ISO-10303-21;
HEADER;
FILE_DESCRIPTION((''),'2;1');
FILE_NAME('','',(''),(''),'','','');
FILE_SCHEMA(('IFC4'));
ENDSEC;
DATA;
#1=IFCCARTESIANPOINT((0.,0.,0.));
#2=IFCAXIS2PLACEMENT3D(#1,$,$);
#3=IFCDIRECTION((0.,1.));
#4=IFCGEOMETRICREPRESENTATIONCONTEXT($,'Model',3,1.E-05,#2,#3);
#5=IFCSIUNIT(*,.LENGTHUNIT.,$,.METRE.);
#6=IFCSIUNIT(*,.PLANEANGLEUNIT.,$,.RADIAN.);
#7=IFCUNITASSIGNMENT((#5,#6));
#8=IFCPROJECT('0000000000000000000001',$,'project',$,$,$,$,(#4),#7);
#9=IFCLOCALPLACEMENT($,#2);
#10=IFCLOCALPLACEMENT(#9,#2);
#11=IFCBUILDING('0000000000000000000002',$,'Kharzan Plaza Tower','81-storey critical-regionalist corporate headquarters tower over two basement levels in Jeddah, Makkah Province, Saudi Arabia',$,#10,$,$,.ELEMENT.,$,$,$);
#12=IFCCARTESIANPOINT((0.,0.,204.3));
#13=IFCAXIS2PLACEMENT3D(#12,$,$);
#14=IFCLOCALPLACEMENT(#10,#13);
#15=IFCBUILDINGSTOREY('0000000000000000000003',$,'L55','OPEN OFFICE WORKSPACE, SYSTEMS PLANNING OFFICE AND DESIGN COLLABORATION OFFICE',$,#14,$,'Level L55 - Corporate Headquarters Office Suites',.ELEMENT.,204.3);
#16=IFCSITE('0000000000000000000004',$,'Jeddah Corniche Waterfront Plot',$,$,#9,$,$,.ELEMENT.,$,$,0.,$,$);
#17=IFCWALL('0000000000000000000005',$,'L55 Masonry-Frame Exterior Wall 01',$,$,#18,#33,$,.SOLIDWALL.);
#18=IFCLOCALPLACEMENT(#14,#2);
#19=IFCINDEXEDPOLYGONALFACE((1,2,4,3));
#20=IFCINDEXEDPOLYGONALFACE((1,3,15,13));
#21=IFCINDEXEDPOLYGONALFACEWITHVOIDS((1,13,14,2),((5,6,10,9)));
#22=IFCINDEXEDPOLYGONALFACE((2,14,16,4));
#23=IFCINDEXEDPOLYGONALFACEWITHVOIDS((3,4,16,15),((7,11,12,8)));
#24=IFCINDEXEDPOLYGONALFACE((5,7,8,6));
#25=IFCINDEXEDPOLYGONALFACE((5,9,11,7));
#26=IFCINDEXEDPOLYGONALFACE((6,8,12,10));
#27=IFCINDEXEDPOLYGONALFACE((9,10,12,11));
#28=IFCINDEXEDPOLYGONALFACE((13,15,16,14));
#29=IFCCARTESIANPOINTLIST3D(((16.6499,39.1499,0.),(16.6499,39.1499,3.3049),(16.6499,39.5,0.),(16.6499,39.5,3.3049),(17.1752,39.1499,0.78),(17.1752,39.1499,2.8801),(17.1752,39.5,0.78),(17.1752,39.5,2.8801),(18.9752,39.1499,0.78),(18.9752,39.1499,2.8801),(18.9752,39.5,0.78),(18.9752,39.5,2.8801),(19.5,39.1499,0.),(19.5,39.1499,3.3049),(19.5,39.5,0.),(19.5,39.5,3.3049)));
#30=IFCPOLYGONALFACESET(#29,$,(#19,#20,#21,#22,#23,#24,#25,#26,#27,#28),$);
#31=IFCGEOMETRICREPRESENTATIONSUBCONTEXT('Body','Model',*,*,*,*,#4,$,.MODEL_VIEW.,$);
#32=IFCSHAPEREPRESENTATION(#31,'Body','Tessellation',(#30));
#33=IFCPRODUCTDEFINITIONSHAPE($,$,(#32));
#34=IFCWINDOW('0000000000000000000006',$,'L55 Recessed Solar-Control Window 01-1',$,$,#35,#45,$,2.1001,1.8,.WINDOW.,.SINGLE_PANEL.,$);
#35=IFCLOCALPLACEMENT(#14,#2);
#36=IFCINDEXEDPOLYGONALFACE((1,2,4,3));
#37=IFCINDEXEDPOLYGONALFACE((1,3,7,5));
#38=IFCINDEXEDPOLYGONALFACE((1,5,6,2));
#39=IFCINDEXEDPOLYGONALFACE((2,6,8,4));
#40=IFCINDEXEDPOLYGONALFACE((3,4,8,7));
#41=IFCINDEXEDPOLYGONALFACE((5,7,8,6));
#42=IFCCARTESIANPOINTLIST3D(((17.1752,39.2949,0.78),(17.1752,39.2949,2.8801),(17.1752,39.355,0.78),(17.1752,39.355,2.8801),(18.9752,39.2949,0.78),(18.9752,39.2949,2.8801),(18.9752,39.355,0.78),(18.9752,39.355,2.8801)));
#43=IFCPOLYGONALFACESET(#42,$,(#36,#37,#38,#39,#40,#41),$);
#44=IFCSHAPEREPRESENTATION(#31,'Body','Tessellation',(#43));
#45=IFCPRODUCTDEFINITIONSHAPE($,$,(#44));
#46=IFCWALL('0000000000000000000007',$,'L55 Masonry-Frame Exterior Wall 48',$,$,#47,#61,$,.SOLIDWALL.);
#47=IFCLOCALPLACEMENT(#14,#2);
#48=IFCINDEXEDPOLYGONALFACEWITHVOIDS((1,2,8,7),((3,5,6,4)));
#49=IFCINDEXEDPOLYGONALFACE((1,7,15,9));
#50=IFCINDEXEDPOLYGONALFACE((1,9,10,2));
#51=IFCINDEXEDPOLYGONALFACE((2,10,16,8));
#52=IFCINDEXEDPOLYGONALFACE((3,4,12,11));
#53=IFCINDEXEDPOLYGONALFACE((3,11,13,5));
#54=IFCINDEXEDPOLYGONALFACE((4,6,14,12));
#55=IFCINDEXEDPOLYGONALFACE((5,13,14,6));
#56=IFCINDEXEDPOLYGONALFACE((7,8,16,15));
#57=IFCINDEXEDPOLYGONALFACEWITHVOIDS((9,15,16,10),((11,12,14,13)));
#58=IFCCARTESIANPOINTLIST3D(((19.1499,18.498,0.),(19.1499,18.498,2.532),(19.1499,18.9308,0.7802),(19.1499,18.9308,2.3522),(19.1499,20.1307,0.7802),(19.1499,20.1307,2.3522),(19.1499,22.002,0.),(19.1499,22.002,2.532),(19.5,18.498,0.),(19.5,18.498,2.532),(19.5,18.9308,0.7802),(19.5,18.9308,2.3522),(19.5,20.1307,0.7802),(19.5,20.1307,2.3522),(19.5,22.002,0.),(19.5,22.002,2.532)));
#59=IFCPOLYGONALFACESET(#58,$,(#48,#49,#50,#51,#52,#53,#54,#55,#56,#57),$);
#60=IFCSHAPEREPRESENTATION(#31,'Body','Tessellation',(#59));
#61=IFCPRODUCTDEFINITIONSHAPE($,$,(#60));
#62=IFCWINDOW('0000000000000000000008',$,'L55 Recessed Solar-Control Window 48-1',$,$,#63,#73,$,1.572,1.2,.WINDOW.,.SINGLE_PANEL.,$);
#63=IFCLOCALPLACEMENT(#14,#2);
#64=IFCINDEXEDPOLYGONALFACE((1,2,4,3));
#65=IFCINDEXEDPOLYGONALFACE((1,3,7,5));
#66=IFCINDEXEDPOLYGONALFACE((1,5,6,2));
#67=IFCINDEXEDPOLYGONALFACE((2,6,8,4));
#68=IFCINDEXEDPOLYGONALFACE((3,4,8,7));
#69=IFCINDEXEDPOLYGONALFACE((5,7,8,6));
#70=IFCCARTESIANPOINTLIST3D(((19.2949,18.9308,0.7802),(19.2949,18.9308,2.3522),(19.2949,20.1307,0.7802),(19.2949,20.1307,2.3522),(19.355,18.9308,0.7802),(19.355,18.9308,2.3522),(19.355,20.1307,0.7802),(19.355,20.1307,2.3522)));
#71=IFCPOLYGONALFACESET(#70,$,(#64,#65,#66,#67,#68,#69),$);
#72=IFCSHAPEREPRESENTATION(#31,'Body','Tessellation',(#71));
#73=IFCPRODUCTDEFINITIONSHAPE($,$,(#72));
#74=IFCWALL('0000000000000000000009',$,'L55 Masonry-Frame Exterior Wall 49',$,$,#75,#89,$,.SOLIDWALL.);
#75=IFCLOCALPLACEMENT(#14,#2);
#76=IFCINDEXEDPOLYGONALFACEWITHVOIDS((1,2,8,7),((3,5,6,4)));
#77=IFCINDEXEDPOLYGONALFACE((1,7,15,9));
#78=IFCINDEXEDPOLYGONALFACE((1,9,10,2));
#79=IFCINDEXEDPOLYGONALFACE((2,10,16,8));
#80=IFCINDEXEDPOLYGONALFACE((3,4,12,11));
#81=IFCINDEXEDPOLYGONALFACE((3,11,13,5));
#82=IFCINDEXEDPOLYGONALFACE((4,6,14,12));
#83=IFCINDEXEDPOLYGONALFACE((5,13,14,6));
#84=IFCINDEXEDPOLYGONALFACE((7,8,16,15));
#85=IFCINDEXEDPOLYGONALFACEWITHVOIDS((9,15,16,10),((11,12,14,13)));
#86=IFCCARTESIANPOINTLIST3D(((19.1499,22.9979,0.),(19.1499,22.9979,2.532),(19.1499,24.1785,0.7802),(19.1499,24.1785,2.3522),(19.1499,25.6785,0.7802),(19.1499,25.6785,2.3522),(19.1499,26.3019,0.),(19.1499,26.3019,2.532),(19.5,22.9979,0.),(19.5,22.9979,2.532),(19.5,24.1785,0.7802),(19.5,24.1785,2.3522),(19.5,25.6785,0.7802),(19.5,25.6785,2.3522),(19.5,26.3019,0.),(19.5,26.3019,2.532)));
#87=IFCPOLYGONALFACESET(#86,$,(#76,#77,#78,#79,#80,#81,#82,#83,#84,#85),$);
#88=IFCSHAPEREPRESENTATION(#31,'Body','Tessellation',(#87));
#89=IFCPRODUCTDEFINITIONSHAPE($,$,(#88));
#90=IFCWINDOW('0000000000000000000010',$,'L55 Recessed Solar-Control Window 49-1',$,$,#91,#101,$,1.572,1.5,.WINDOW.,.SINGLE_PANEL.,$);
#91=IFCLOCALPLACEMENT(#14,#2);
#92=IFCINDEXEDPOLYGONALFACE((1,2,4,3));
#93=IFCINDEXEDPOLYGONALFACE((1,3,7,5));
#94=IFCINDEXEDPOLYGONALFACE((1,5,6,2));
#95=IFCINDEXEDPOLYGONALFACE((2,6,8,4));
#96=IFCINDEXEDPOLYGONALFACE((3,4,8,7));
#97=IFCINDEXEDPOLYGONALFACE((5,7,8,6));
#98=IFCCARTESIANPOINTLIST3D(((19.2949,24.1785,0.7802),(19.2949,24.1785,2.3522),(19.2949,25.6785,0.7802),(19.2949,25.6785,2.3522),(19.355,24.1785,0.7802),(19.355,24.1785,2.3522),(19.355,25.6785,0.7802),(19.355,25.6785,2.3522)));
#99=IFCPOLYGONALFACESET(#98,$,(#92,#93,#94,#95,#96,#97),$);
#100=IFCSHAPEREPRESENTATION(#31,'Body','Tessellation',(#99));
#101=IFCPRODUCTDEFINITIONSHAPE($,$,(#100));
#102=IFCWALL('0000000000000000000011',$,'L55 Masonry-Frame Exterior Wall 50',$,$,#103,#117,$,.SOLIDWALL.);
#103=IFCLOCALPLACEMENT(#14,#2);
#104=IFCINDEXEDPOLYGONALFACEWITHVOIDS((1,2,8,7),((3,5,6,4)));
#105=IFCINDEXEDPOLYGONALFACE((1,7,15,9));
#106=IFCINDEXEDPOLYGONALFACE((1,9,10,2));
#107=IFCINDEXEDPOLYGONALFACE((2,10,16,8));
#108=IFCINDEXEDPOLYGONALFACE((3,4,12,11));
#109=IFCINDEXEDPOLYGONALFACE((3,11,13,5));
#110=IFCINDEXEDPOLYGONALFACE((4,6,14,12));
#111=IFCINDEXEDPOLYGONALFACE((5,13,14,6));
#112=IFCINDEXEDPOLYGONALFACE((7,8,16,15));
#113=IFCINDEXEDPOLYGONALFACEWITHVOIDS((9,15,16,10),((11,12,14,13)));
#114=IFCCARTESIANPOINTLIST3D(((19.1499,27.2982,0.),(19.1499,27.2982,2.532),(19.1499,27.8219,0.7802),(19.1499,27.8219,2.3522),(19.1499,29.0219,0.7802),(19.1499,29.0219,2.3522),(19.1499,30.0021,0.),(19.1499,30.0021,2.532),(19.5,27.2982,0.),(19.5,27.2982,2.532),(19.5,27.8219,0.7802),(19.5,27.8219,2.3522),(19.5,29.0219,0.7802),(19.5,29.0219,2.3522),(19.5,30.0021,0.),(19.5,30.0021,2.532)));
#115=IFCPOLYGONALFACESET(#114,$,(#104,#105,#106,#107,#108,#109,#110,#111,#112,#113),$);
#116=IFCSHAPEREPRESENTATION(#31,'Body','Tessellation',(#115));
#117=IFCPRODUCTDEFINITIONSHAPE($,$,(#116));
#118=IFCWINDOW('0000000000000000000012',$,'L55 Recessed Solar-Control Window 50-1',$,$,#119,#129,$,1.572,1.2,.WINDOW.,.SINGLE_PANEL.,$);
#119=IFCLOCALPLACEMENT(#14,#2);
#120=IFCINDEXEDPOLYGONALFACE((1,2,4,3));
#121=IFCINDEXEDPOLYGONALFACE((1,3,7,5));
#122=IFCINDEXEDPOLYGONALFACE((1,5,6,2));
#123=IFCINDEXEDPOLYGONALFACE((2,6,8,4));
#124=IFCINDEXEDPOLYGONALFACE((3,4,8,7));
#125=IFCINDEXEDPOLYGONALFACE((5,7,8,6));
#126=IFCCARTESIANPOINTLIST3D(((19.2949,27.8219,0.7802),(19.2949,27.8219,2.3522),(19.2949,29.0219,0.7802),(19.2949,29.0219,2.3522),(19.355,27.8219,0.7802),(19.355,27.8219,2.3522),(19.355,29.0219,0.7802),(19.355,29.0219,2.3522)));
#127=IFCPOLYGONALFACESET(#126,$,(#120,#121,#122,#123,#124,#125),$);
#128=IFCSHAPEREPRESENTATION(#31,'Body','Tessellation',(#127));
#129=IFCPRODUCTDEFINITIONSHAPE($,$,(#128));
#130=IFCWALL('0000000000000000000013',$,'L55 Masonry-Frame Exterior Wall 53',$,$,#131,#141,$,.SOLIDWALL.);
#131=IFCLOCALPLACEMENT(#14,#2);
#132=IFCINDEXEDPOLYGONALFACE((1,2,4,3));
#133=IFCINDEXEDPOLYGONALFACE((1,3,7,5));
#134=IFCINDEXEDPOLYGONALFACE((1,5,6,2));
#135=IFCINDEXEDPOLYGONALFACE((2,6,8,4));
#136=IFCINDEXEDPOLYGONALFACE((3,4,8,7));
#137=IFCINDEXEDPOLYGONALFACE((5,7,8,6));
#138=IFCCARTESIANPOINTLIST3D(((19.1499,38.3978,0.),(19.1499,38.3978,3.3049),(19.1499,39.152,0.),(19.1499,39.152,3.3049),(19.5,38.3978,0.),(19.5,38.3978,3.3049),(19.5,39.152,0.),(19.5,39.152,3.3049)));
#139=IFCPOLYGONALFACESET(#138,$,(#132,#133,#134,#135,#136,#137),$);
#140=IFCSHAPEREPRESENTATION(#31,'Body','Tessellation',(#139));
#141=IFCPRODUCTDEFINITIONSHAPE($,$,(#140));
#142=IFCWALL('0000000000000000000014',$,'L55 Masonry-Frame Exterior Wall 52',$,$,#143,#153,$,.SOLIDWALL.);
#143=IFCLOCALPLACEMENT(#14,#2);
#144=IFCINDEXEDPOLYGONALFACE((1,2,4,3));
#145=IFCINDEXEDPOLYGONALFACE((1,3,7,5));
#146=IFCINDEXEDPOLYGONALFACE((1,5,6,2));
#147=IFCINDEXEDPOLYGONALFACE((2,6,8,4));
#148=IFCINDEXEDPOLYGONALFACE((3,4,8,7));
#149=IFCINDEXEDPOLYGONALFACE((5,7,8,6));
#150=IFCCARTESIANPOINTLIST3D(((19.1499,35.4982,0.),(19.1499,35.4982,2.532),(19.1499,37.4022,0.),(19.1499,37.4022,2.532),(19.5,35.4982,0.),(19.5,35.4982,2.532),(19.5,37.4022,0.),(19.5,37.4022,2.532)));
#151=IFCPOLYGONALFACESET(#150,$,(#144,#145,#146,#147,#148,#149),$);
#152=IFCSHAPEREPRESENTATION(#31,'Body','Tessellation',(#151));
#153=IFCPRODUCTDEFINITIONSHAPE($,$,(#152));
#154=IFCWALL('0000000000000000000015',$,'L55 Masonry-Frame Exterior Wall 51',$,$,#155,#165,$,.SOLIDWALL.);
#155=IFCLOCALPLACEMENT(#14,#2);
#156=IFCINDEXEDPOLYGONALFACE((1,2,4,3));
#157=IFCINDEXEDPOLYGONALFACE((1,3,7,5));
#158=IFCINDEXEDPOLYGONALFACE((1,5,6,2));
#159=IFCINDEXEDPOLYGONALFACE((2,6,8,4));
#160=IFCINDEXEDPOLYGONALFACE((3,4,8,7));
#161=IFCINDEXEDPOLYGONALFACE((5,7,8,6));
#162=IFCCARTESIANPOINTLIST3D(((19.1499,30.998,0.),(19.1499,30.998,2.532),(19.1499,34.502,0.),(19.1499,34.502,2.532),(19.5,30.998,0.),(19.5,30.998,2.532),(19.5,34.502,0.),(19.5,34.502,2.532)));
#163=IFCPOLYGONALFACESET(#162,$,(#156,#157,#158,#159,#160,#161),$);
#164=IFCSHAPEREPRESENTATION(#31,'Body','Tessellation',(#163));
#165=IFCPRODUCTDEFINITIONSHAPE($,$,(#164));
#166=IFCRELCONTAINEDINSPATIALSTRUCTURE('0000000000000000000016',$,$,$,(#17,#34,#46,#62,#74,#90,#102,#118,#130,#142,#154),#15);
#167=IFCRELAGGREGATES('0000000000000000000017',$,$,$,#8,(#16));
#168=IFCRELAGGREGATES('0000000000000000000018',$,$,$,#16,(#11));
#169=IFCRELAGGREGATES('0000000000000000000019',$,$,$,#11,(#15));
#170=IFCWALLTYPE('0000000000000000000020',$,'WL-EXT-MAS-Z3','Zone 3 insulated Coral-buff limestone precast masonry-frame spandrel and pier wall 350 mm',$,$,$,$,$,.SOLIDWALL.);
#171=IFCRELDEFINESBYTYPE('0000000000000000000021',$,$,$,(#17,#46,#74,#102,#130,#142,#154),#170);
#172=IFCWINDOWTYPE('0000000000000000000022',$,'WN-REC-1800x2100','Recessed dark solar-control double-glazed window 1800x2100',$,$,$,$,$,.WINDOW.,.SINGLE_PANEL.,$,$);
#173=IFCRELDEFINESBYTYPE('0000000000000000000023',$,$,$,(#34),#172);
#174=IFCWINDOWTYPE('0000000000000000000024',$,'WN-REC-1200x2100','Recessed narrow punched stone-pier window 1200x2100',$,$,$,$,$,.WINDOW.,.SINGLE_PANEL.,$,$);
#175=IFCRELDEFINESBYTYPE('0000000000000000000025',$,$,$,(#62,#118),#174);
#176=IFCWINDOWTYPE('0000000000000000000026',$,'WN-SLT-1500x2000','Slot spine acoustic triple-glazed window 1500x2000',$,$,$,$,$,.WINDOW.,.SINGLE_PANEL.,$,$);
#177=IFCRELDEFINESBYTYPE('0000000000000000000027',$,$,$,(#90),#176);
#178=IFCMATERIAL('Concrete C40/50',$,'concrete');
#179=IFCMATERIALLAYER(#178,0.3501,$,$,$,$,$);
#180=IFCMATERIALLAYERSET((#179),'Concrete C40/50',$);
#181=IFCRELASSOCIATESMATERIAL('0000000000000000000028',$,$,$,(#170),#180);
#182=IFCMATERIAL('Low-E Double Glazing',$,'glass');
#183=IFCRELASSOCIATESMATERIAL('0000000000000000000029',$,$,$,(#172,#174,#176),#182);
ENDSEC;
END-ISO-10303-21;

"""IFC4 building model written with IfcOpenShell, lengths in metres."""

from ifc_helpers import new_model, si_unit, direction, frame, frame_2d, origin, place, context, subcontext, project, spatial, rectangle, extrude, source, transform, mapped, material, layer, layer_set, type_object, element, fill, save


model = new_model("IFC4")

# Units and contexts
model_context = context("Model", 3, precision=1e-05, world=origin(), true_north=direction((0.0, 1.0)))
body_context = subcontext(model_context, "Body", "Model", "MODEL_VIEW")
ifc_project = project(units=[si_unit("LENGTHUNIT", "METRE"), si_unit("PLANEANGLEUNIT", "RADIAN")], contexts=[model_context])

# Site, building, storey
site_placement = place(None, origin())
site = spatial("IfcSite", under=ifc_project, at=site_placement, Name="Jeddah Corniche Waterfront Plot", CompositionType="ELEMENT", RefElevation=0.0)
building_placement = place(site_placement, origin())
building = spatial("IfcBuilding", under=site, at=building_placement, Name="Kharzan Plaza Tower", Description="81-storey critical-regionalist corporate headquarters tower over two basement levels in Jeddah, Makkah Province, Saudi Arabia", CompositionType="ELEMENT")
storey_placement = place(building_placement, frame((0.0, 0.0, 204.3)))
storey = spatial("IfcBuildingStorey", under=building, at=storey_placement, Name="L55", Description="OPEN OFFICE WORKSPACE, SYSTEMS PLANNING OFFICE AND DESIGN COLLABORATION OFFICE", LongName="Level L55 - Corporate Headquarters Office Suites", CompositionType="ELEMENT", Elevation=204.3)

# Walls, openings, windows
ifc_material_1 = material(Name="Concrete C40/50", Category="concrete")
ifc_layer_1 = layer(ifc_material_1, 0.3501)
ifc_layer_set_1 = layer_set([ifc_layer_1], Name="Concrete C40/50")
wall_type_1 = type_object("IfcWallType", Name="WL-EXT-MAS-Z3", Description="Zone 3 insulated Coral-buff limestone precast masonry-frame spandrel and pier wall 350 mm", PredefinedType="SOLIDWALL", material=ifc_layer_set_1)
wall_1_placement = place(storey_placement, frame((19.5, 39.325, 0.0), z_axis=(0.0, 0.0, 1.0), x_axis=(-1.0, 0.0, 0.0)))
wall_1 = element("IfcWall", 1, at=wall_1_placement, inside=storey, type_object=wall_type_1, Name="L55 Masonry-Frame Exterior Wall 01", PredefinedType="SOLIDWALL", context=body_context, shape_type="SweptSolid", body=[
    extrude(rectangle(XDim=2.8501, YDim=0.3501, at=frame_2d((1.425, 0.0))), origin(), (0.0, 0.0, 1.0), 3.3049),
])
opening_1_placement = place(wall_1_placement, frame((0.5249, 0.0, 0.78)))
opening_1 = element("IfcOpeningElement", 2, at=opening_1_placement, cuts=wall_1, PredefinedType="OPENING", context=body_context, shape_type="SweptSolid", body=[
    extrude(rectangle(XDim=1.8, YDim=2.1001, at=frame_2d((0.8999, 1.05))), frame((0.0, 0.1851, 0.0), z_axis=(0.0, -1.0, 0.0), x_axis=(1.0, 0.0, 0.0)), (0.0, 0.0, 1.0), 0.3701),
])
ifc_material_2 = material(Name="Low-E Double Glazing", Category="glass")
window_type_1 = type_object("IfcWindowType", Name="WN-REC-1800x2100", Description="Recessed dark solar-control double-glazed window 1800x2100", PartitioningType="SINGLE_PANEL", PredefinedType="WINDOW", material=ifc_material_2)
shared_shape_1 = source(origin(), body_context, "Body", "SweptSolid", [
    extrude(rectangle(XDim=1.8, YDim=2.1001, at=frame_2d((0.8999, 1.05))), frame((0.0, 0.03, 0.0), z_axis=(0.0, -1.0, 0.0), x_axis=(1.0, 0.0, 0.0)), (0.0, 0.0, 1.0), 0.0601),
])
window_1_placement = place(opening_1_placement, origin())
window_1 = element("IfcWindow", 3, at=window_1_placement, inside=storey, type_object=window_type_1, Name="L55 Recessed Solar-Control Window 01-1", OverallHeight=2.1001, OverallWidth=1.8, PartitioningType="SINGLE_PANEL", PredefinedType="WINDOW", context=body_context, shape_type="MappedRepresentation", body=[
    mapped(shared_shape_1, transform((0.0, 0.0, 0.0), x_axis=(1.0, 0.0, 0.0), y_axis=(0.0, 1.0, 0.0), z_axis=(0.0, 0.0, 1.0))),
])
fill(opening_1, window_1)
wall_2_placement = place(storey_placement, frame((19.325, 18.498, 0.0), z_axis=(0.0, 0.0, 1.0), x_axis=(0.0, 1.0, 0.0)))
wall_2 = element("IfcWall", 4, at=wall_2_placement, inside=storey, type_object=wall_type_1, Name="L55 Masonry-Frame Exterior Wall 48", PredefinedType="SOLIDWALL", context=body_context, shape_type="SweptSolid", body=[
    extrude(rectangle(XDim=3.5039, YDim=0.3501, at=frame_2d((1.752, 0.0))), origin(), (0.0, 0.0, 1.0), 2.532),
])
opening_2_placement = place(wall_2_placement, frame((0.4326, 0.0, 0.78)))
opening_2 = element("IfcOpeningElement", 5, at=opening_2_placement, cuts=wall_2, PredefinedType="OPENING", context=body_context, shape_type="SweptSolid", body=[
    extrude(rectangle(XDim=1.2, YDim=1.572, at=frame_2d((0.6001, 0.7861))), frame((0.0, 0.1851, 0.0), z_axis=(0.0, -1.0, 0.0), x_axis=(1.0, 0.0, 0.0)), (0.0, 0.0, 1.0), 0.3701),
])
window_type_2 = type_object("IfcWindowType", Name="WN-REC-1200x2100", Description="Recessed narrow punched stone-pier window 1200x2100", PartitioningType="SINGLE_PANEL", PredefinedType="WINDOW", material=ifc_material_2)
shared_shape_2 = source(origin(), body_context, "Body", "SweptSolid", [
    extrude(rectangle(XDim=1.2, YDim=1.572, at=frame_2d((0.6001, 0.7861))), frame((0.0, 0.03, 0.0), z_axis=(0.0, -1.0, 0.0), x_axis=(1.0, 0.0, 0.0)), (0.0, 0.0, 1.0), 0.0601),
])
window_2_placement = place(opening_2_placement, origin())
window_2 = element("IfcWindow", 6, at=window_2_placement, inside=storey, type_object=window_type_2, Name="L55 Recessed Solar-Control Window 48-1", OverallHeight=1.572, OverallWidth=1.2, PartitioningType="SINGLE_PANEL", PredefinedType="WINDOW", context=body_context, shape_type="MappedRepresentation", body=[
    mapped(shared_shape_2, transform((0.0, 0.0, 0.0), x_axis=(1.0, 0.0, 0.0), y_axis=(0.0, 1.0, 0.0), z_axis=(0.0, 0.0, 1.0))),
])
fill(opening_2, window_2)
wall_3_placement = place(storey_placement, frame((19.325, 22.998, 0.0), z_axis=(0.0, 0.0, 1.0), x_axis=(0.0, 1.0, 0.0)))
wall_3 = element("IfcWall", 7, at=wall_3_placement, inside=storey, type_object=wall_type_1, Name="L55 Masonry-Frame Exterior Wall 49", PredefinedType="SOLIDWALL", context=body_context, shape_type="SweptSolid", body=[
    extrude(rectangle(XDim=3.304, YDim=0.3501, at=frame_2d((1.6519, 0.0))), origin(), (0.0, 0.0, 1.0), 2.532),
])
opening_3_placement = place(wall_3_placement, frame((1.1804, 0.0, 0.78)))
opening_3 = element("IfcOpeningElement", 8, at=opening_3_placement, cuts=wall_3, PredefinedType="OPENING", context=body_context, shape_type="SweptSolid", body=[
    extrude(rectangle(XDim=1.5, YDim=1.572, at=frame_2d((0.75, 0.7861))), frame((0.0, 0.1851, 0.0), z_axis=(0.0, -1.0, 0.0), x_axis=(1.0, 0.0, 0.0)), (0.0, 0.0, 1.0), 0.3701),
])
window_type_3 = type_object("IfcWindowType", Name="WN-SLT-1500x2000", Description="Slot spine acoustic triple-glazed window 1500x2000", PartitioningType="SINGLE_PANEL", PredefinedType="WINDOW", material=ifc_material_2)
shared_shape_3 = source(origin(), body_context, "Body", "SweptSolid", [
    extrude(rectangle(XDim=1.5, YDim=1.572, at=frame_2d((0.75, 0.7861))), frame((0.0, 0.03, 0.0), z_axis=(0.0, -1.0, 0.0), x_axis=(1.0, 0.0, 0.0)), (0.0, 0.0, 1.0), 0.0601),
])
window_3_placement = place(opening_3_placement, origin())
window_3 = element("IfcWindow", 9, at=window_3_placement, inside=storey, type_object=window_type_3, Name="L55 Recessed Solar-Control Window 49-1", OverallHeight=1.572, OverallWidth=1.5, PartitioningType="SINGLE_PANEL", PredefinedType="WINDOW", context=body_context, shape_type="MappedRepresentation", body=[
    mapped(shared_shape_3, transform((0.0, 0.0, 0.0), x_axis=(1.0, 0.0, 0.0), y_axis=(0.0, 1.0, 0.0), z_axis=(0.0, 0.0, 1.0))),
])
fill(opening_3, window_3)
wall_4_placement = place(storey_placement, frame((19.325, 27.2981, 0.0), z_axis=(0.0, 0.0, 1.0), x_axis=(0.0, 1.0, 0.0)))
wall_4 = element("IfcWall", 10, at=wall_4_placement, inside=storey, type_object=wall_type_1, Name="L55 Masonry-Frame Exterior Wall 50", PredefinedType="SOLIDWALL", context=body_context, shape_type="SweptSolid", body=[
    extrude(rectangle(XDim=2.7039, YDim=0.3501, at=frame_2d((1.3521, 0.0))), origin(), (0.0, 0.0, 1.0), 2.532),
])
opening_4_placement = place(wall_4_placement, frame((0.5237, 0.0, 0.78)))
opening_4 = element("IfcOpeningElement", 11, at=opening_4_placement, cuts=wall_4, PredefinedType="OPENING", context=body_context, shape_type="SweptSolid", body=[
    extrude(rectangle(XDim=1.2, YDim=1.572, at=frame_2d((0.6001, 0.7861))), frame((0.0, 0.1851, 0.0), z_axis=(0.0, -1.0, 0.0), x_axis=(1.0, 0.0, 0.0)), (0.0, 0.0, 1.0), 0.3701),
])
window_4_placement = place(opening_4_placement, origin())
window_4 = element("IfcWindow", 12, at=window_4_placement, inside=storey, type_object=window_type_2, Name="L55 Recessed Solar-Control Window 50-1", OverallHeight=1.572, OverallWidth=1.2, PartitioningType="SINGLE_PANEL", PredefinedType="WINDOW", context=body_context, shape_type="MappedRepresentation", body=[
    mapped(shared_shape_2, transform((0.0, 0.0, 0.0), x_axis=(1.0, 0.0, 0.0), y_axis=(0.0, 1.0, 0.0), z_axis=(0.0, 0.0, 1.0))),
])
fill(opening_4, window_4)

# Walls
shared_shape_4 = source(origin(), body_context, "Body", "SweptSolid", [
    extrude(rectangle(XDim=0.7542, YDim=0.3501, at=frame_2d((0.377, 0.0))), origin(), (0.0, 0.0, 1.0), 3.3049),
])
wall_5_placement = place(storey_placement, frame((19.325, 38.3979, 0.0), z_axis=(0.0, 0.0, 1.0), x_axis=(0.0, 1.0, 0.0)))
element("IfcWall", 13, at=wall_5_placement, inside=storey, type_object=wall_type_1, Name="L55 Masonry-Frame Exterior Wall 53", PredefinedType="SOLIDWALL", context=body_context, shape_type="MappedRepresentation", body=[
    mapped(shared_shape_4, transform((0.0, 0.0, 0.0), x_axis=(1.0, 0.0, 0.0), y_axis=(0.0, 1.0, 0.0), z_axis=(0.0, 0.0, 1.0))),
])
shared_shape_5 = source(origin(), body_context, "Body", "SweptSolid", [
    extrude(rectangle(XDim=1.9041, YDim=0.3501, at=frame_2d((0.9521, 0.0))), origin(), (0.0, 0.0, 1.0), 2.532),
])
wall_6_placement = place(storey_placement, frame((19.325, 35.498, 0.0), z_axis=(0.0, 0.0, 1.0), x_axis=(0.0, 1.0, 0.0)))
element("IfcWall", 14, at=wall_6_placement, inside=storey, type_object=wall_type_1, Name="L55 Masonry-Frame Exterior Wall 52", PredefinedType="SOLIDWALL", context=body_context, shape_type="MappedRepresentation", body=[
    mapped(shared_shape_5, transform((0.0, 0.0, 0.0), x_axis=(1.0, 0.0, 0.0), y_axis=(0.0, 1.0, 0.0), z_axis=(0.0, 0.0, 1.0))),
])
shared_shape_6 = source(origin(), body_context, "Body", "SweptSolid", [
    extrude(rectangle(XDim=3.5039, YDim=0.3501, at=frame_2d((1.752, 0.0))), origin(), (0.0, 0.0, 1.0), 2.532),
])
wall_7_placement = place(storey_placement, frame((19.325, 30.998, 0.0), z_axis=(0.0, 0.0, 1.0), x_axis=(0.0, 1.0, 0.0)))
element("IfcWall", 15, at=wall_7_placement, inside=storey, type_object=wall_type_1, Name="L55 Masonry-Frame Exterior Wall 51", PredefinedType="SOLIDWALL", context=body_context, shape_type="MappedRepresentation", body=[
    mapped(shared_shape_6, transform((0.0, 0.0, 0.0), x_axis=(1.0, 0.0, 0.0), y_axis=(0.0, 1.0, 0.0), z_axis=(0.0, 0.0, 1.0))),
])

save(model, "model.ifc")
